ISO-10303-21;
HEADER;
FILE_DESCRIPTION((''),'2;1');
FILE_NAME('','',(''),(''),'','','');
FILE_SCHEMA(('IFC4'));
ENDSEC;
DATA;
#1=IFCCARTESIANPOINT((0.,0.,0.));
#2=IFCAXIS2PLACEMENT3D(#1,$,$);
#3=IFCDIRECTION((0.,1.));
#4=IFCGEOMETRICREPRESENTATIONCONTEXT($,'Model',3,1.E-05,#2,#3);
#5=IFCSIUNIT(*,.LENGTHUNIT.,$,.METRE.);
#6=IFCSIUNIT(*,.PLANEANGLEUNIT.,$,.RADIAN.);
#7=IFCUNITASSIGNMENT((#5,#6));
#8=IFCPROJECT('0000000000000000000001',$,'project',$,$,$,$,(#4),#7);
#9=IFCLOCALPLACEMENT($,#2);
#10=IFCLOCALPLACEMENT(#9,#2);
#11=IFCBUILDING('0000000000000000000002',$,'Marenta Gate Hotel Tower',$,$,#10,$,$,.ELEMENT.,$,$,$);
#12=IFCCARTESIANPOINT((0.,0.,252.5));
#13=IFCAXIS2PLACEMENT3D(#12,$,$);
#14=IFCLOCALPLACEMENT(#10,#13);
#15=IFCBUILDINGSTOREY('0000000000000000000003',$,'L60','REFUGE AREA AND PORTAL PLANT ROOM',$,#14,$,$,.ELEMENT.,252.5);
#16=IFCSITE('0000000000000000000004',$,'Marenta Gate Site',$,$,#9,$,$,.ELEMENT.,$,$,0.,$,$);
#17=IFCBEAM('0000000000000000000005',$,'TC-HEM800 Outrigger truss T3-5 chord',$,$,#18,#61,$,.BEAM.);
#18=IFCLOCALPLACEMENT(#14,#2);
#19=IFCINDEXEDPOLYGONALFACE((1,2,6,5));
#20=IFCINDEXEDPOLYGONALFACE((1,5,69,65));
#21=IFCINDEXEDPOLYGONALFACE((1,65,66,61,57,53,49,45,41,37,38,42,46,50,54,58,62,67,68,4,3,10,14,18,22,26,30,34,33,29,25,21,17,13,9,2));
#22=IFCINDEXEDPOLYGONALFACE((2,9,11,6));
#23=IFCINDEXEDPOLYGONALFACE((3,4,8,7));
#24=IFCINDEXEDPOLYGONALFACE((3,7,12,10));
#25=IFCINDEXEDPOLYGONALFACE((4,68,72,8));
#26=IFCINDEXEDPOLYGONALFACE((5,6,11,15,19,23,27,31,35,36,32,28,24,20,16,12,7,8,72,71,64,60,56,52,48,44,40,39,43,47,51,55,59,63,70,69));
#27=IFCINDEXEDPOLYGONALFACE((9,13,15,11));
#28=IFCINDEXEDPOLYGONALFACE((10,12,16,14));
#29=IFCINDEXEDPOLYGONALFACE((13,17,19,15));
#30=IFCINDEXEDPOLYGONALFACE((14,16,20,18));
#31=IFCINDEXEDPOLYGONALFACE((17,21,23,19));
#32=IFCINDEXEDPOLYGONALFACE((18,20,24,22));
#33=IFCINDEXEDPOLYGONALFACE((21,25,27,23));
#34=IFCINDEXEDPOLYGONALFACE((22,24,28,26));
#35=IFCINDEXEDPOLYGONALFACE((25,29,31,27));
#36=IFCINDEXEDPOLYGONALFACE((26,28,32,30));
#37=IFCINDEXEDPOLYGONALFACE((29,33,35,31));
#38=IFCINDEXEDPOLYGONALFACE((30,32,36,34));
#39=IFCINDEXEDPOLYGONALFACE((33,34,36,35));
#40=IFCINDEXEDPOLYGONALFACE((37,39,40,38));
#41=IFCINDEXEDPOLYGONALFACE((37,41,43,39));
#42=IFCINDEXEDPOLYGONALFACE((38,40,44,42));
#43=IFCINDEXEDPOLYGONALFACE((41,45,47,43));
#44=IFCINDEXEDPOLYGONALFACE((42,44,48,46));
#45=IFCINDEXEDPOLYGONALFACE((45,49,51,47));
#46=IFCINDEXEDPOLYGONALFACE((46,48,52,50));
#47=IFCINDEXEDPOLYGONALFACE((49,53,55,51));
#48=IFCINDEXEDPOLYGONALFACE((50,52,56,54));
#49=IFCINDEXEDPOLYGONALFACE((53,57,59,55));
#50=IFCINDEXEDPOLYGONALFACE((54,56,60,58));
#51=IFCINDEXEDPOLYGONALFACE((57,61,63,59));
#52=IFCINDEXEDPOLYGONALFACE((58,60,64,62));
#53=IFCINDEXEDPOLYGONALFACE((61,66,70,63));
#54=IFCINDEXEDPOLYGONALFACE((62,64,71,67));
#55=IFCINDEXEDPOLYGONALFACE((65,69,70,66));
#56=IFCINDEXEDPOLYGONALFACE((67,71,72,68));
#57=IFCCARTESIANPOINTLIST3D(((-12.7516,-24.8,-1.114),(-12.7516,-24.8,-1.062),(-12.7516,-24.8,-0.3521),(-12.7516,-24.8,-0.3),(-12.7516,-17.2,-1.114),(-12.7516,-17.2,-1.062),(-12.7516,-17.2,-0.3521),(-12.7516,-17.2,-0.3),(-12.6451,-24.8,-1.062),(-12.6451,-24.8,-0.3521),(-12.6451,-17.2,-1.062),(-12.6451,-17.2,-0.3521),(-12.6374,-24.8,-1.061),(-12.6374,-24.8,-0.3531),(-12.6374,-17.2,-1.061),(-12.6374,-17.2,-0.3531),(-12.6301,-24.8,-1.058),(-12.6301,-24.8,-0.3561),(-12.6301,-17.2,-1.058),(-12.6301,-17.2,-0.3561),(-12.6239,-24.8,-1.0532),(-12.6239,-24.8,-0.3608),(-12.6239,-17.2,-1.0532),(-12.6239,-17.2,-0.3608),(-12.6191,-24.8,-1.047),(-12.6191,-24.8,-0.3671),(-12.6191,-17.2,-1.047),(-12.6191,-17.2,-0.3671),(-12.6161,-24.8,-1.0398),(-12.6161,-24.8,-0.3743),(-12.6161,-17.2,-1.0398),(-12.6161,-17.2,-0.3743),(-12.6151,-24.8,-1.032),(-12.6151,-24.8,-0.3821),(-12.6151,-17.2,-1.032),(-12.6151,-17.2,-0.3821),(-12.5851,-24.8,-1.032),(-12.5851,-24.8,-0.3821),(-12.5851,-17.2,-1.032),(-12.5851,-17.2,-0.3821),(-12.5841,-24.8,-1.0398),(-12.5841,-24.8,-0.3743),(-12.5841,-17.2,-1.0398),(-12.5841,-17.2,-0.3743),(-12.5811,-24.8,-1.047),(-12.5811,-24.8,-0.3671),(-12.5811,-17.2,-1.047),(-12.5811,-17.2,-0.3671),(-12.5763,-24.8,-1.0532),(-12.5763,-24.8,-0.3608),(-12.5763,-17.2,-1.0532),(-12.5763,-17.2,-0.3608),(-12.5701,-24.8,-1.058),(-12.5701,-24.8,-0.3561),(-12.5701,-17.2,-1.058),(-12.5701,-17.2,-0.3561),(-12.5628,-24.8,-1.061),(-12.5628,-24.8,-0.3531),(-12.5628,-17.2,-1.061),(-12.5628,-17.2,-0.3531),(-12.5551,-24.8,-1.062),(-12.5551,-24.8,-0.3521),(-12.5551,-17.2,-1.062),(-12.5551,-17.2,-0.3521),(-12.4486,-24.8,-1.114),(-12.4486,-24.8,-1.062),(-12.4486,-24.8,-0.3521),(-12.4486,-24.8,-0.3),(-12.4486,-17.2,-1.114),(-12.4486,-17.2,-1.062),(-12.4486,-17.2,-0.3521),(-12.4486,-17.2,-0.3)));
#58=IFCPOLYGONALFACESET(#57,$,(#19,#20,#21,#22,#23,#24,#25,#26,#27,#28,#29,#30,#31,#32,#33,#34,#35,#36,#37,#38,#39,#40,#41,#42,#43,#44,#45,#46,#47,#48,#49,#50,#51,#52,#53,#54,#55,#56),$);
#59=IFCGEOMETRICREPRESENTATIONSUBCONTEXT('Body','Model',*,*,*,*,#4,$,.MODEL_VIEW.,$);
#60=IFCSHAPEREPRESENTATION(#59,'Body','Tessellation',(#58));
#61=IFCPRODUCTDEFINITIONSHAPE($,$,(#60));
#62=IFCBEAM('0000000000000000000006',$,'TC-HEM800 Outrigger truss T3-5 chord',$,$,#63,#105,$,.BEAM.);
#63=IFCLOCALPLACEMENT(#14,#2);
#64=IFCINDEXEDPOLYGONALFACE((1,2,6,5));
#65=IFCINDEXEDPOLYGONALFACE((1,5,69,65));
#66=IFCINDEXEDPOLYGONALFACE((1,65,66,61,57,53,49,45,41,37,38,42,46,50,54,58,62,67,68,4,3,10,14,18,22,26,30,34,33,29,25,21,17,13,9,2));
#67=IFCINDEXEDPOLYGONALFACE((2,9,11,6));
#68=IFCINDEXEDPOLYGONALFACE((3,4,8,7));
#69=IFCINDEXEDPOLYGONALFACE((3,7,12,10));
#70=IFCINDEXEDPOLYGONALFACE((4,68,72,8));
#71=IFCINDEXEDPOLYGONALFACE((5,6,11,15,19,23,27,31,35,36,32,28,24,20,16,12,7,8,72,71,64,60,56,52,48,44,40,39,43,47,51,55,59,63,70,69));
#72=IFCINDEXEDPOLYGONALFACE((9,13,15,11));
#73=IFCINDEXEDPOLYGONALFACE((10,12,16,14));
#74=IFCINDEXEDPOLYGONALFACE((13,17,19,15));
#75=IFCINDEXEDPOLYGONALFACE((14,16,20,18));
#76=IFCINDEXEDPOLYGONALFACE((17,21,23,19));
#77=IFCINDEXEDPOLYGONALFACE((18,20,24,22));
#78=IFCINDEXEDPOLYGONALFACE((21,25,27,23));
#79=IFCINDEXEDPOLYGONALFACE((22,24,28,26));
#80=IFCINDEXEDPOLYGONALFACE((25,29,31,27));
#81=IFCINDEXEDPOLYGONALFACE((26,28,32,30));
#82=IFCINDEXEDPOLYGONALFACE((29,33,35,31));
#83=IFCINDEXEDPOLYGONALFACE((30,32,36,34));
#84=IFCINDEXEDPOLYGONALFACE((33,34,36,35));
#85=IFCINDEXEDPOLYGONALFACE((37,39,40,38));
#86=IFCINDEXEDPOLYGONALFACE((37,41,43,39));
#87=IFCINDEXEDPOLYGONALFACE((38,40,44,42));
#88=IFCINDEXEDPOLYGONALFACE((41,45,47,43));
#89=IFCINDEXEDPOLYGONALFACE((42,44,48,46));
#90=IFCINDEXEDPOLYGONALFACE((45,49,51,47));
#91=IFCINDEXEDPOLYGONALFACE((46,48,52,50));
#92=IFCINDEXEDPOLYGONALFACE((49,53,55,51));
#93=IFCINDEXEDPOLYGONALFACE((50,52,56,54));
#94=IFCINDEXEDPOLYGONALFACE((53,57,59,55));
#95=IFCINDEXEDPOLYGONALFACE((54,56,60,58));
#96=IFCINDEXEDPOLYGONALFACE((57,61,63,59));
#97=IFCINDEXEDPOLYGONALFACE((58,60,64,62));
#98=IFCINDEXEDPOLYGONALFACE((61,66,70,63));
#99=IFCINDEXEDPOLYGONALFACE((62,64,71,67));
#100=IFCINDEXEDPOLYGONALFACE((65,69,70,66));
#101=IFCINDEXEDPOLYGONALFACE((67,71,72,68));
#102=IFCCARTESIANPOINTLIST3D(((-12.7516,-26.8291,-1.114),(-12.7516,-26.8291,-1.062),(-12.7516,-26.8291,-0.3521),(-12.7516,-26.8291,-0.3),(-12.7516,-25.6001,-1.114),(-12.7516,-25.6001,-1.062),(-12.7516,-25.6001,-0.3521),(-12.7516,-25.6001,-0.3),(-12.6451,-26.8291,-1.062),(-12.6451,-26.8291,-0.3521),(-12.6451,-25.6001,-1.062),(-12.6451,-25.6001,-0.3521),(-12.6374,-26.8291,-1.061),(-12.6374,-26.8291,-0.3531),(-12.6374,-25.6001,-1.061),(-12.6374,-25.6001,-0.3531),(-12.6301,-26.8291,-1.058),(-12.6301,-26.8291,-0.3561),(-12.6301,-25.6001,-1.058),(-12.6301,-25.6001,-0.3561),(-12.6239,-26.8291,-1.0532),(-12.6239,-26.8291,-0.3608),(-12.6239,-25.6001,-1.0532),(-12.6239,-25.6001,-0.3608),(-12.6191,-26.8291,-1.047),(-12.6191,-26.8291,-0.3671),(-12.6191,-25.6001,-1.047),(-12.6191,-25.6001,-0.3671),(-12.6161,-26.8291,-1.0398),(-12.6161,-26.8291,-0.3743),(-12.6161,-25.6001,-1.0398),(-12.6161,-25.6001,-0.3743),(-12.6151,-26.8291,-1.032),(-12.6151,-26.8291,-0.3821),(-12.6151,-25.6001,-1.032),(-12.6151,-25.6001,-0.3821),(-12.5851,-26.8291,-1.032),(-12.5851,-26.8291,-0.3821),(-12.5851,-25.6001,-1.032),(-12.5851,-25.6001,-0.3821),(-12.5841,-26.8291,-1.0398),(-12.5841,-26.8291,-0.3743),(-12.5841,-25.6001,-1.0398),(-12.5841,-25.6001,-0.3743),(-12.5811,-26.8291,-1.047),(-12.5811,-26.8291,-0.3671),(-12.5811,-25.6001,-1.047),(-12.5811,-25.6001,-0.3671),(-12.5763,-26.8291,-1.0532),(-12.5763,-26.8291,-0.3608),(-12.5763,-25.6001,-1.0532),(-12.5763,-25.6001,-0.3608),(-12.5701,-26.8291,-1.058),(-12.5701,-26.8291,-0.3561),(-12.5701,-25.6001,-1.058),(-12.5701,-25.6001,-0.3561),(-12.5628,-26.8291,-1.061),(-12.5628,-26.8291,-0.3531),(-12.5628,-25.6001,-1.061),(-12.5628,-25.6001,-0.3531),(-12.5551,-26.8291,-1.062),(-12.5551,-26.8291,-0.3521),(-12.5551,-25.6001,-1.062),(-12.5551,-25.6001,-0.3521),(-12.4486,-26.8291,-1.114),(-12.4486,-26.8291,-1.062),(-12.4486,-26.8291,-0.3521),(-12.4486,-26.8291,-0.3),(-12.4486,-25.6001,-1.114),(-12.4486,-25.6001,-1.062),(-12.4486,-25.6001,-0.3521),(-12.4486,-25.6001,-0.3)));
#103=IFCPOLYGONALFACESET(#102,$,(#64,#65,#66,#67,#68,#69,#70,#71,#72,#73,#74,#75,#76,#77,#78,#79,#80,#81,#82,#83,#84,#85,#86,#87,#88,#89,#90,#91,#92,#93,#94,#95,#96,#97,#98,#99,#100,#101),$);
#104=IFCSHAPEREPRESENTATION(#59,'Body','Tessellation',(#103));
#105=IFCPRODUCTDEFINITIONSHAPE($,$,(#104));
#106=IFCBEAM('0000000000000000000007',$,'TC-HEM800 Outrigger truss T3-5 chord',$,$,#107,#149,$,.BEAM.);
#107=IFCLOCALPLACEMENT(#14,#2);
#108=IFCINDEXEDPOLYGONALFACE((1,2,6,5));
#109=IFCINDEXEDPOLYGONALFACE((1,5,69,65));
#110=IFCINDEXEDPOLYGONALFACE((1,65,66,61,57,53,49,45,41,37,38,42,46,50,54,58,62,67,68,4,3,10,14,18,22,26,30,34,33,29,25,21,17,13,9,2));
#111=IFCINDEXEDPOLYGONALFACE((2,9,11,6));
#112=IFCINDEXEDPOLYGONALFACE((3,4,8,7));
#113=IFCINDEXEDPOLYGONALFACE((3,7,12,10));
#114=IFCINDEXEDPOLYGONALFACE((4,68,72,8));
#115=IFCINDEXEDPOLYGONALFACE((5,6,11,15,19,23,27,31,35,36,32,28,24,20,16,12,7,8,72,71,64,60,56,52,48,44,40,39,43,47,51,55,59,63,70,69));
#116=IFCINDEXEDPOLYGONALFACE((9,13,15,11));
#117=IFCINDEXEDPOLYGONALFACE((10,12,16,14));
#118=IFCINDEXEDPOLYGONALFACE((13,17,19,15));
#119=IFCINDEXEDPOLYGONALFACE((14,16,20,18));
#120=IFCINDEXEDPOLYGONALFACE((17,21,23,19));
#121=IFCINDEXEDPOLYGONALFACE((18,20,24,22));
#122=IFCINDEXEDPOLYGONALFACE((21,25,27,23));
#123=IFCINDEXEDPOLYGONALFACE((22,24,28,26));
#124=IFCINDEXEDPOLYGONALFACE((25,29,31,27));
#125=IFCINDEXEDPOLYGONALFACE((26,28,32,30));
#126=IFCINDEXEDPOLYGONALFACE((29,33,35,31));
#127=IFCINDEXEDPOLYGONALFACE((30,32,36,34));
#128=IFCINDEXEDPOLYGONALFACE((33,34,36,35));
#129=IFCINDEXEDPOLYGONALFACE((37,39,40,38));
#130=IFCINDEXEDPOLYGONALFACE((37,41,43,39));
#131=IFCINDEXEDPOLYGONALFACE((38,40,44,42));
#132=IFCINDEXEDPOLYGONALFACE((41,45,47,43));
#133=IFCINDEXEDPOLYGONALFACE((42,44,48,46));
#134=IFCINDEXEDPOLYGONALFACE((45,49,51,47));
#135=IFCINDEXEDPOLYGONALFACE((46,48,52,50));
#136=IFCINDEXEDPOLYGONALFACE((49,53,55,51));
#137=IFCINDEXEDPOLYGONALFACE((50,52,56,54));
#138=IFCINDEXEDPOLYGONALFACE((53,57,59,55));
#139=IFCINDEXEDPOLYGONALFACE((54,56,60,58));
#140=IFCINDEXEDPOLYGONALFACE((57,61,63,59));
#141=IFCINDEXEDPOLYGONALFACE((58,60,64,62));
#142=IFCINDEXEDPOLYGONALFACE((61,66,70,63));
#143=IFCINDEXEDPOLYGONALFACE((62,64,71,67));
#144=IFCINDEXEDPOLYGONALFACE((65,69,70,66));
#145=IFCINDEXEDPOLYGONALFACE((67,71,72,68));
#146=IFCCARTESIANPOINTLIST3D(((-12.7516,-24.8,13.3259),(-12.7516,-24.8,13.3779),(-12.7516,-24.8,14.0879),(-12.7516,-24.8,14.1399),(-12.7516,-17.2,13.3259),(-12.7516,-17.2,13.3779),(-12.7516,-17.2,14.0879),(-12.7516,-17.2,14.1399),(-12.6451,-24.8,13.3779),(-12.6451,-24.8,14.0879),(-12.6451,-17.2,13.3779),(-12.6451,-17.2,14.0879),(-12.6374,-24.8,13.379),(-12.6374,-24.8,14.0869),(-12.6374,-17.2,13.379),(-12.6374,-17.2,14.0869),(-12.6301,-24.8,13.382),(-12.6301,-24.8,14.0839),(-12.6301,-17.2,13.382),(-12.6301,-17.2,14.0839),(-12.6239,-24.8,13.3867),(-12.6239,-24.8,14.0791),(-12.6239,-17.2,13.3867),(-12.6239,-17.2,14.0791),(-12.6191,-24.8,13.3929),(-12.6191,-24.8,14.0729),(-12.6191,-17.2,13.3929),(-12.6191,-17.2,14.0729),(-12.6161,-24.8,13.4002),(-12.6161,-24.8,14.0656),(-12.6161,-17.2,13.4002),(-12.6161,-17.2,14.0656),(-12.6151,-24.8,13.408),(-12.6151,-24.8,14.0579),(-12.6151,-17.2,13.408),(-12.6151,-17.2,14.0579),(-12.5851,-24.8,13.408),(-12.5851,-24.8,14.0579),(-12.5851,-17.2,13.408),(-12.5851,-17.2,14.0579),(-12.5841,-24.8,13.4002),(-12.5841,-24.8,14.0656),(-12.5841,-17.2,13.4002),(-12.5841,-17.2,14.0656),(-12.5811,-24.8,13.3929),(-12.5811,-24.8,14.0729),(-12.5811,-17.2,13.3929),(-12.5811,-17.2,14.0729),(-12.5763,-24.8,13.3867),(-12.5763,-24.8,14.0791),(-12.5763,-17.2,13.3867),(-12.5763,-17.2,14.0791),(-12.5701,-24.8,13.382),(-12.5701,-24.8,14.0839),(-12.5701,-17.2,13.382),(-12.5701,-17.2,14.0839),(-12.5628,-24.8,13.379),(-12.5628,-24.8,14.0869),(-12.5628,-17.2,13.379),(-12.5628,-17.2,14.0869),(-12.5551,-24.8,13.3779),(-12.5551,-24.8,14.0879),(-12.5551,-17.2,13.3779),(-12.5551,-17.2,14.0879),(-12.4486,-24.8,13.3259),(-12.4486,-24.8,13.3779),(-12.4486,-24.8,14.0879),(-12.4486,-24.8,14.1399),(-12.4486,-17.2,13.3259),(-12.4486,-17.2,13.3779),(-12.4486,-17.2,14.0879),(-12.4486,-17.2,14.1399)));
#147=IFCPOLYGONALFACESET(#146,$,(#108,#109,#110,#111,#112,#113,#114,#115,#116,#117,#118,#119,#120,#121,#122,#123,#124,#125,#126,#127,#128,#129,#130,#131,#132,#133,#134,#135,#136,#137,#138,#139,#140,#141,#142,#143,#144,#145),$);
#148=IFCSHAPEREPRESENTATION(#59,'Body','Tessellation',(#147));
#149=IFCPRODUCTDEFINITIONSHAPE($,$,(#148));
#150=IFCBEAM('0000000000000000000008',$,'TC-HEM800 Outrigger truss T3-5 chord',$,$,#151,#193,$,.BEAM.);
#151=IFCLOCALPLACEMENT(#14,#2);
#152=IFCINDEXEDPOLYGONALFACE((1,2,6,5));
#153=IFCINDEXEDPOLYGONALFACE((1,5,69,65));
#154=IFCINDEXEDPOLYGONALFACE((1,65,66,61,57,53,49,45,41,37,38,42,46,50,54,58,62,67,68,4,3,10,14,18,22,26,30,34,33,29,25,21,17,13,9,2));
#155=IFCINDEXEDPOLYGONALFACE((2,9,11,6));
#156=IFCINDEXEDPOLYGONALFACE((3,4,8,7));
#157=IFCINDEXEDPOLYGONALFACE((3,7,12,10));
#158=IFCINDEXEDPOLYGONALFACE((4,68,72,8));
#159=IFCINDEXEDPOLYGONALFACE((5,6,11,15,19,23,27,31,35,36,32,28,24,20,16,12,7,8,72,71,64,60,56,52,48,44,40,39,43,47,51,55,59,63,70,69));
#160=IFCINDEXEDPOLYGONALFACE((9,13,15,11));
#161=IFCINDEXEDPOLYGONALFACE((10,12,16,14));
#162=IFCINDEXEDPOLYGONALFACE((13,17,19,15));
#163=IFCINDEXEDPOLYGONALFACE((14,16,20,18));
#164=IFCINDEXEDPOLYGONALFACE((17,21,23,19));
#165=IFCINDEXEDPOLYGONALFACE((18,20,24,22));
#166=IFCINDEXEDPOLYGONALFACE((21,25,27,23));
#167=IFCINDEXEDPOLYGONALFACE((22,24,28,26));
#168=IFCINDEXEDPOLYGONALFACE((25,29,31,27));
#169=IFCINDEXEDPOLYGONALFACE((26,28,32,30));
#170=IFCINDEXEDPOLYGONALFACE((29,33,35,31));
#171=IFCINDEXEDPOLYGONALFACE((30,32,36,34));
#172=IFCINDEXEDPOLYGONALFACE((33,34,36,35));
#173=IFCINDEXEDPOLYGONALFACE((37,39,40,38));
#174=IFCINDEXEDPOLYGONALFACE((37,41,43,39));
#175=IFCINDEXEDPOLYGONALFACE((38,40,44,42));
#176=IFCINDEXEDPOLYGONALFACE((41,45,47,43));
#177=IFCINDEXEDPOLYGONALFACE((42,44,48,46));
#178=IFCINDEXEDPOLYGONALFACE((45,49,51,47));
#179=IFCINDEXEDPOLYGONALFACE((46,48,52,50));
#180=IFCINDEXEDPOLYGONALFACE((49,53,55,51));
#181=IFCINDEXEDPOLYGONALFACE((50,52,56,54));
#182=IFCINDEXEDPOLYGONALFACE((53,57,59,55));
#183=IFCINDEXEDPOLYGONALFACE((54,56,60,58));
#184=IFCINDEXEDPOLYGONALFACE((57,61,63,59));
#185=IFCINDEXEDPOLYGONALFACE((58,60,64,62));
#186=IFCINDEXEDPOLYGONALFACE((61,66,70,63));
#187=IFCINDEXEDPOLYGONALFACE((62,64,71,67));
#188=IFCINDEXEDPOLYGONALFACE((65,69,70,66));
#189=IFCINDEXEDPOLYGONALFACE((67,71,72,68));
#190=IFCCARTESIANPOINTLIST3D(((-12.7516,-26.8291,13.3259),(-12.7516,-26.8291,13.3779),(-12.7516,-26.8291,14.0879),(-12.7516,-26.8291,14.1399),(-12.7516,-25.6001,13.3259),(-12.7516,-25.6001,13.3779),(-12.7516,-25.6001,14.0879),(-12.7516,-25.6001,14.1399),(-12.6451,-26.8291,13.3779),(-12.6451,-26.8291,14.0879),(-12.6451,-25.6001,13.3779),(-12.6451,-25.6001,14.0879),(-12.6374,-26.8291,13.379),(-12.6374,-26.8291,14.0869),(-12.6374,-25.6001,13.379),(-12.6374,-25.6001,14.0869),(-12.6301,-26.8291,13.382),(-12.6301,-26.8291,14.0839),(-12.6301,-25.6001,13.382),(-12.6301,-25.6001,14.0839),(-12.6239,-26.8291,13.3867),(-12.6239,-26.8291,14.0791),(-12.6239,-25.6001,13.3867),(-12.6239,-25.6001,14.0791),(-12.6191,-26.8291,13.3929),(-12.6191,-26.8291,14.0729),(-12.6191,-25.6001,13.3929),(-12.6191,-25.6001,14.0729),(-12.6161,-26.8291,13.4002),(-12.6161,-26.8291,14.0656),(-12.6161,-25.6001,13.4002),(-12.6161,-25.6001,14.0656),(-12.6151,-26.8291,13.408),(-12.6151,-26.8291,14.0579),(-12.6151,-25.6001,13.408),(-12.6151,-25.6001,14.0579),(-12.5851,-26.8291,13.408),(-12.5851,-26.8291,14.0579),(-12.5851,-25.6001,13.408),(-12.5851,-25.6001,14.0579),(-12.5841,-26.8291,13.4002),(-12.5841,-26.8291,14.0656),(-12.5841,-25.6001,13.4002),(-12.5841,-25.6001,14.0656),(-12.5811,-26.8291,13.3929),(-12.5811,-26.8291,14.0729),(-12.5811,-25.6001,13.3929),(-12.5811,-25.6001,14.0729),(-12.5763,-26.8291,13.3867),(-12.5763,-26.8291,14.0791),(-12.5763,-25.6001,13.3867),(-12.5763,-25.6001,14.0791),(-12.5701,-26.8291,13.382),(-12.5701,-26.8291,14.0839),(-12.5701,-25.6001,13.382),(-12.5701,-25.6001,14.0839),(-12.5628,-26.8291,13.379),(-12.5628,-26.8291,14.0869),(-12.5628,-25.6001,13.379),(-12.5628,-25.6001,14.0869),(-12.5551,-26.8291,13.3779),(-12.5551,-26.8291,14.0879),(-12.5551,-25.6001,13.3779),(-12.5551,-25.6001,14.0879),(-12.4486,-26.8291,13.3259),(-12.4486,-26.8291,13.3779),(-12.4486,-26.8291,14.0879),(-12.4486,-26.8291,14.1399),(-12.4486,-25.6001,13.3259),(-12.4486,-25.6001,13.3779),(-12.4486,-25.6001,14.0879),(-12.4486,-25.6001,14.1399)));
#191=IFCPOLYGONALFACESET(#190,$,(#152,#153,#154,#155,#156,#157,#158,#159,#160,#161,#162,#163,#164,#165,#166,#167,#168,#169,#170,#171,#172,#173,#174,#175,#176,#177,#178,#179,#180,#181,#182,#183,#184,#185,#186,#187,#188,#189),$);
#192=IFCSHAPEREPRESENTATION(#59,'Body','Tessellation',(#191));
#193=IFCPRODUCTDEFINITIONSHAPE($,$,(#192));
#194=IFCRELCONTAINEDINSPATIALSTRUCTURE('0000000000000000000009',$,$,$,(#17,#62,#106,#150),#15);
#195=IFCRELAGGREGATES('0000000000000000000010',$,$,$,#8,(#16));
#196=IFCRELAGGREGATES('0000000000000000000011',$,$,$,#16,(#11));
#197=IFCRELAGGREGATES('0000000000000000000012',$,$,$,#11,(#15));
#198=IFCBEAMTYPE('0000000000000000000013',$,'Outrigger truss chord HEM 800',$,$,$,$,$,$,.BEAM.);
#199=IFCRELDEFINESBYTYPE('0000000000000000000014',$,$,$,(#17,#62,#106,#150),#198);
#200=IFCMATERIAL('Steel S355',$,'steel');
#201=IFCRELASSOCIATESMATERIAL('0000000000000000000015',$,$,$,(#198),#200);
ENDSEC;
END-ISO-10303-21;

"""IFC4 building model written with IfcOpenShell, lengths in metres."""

from ifc_helpers import new_model, si_unit, direction, frame, origin, origin_2d, place, context, subcontext, project, spatial, i_section, extrude, material, material_profile, profile_set, type_object, element, save


model = new_model("IFC4")

# Units and contexts
model_context = context("Model", 3, precision=1e-05, world=origin(), true_north=direction((0.0, 1.0)))
body_context = subcontext(model_context, "Body", "Model", "MODEL_VIEW")
ifc_project = project(units=[si_unit("LENGTHUNIT", "METRE"), si_unit("PLANEANGLEUNIT", "RADIAN")], contexts=[model_context])

# Site, building, storey
site_placement = place(None, origin())
site = spatial("IfcSite", under=ifc_project, at=site_placement, Name="Marenta Gate Site", CompositionType="ELEMENT", RefElevation=0.0)
building_placement = place(site_placement, origin())
building = spatial("IfcBuilding", under=site, at=building_placement, Name="Marenta Gate Hotel Tower", CompositionType="ELEMENT")
storey_placement = place(building_placement, frame((0.0, 0.0, 252.5)))
storey = spatial("IfcBuildingStorey", under=building, at=storey_placement, Name="L60", Description="REFUGE AREA AND PORTAL PLANT ROOM", CompositionType="ELEMENT", Elevation=252.5)

# Beams
ifc_material_1 = material(Name="Steel S355", Category="steel")
ifc_material_profile_1 = material_profile(ifc_material_1, i_section(OverallWidth=0.303, OverallDepth=0.814, WebThickness=0.03, FlangeThickness=0.052, FilletRadius=0.03, at=origin_2d()), Name="HEM 800")
ifc_profile_set_1 = profile_set([ifc_material_profile_1], Name="Steel S355")
beam_type_1 = type_object("IfcBeamType", Name="Outrigger truss chord HEM 800", PredefinedType="BEAM", material=ifc_profile_set_1)
beam_1_placement = place(storey_placement, frame((-12.6001, -17.2, -0.707), z_axis=(0.0, -1.0, 0.0), x_axis=(1.0, 0.0, 0.0)))
element("IfcBeam", 1, at=beam_1_placement, inside=storey, type_object=beam_type_1, Name="TC-HEM800 Outrigger truss T3-5 chord", PredefinedType="BEAM", context=body_context, shape_type="SweptSolid", body=[
    extrude(i_section(OverallWidth=0.303, OverallDepth=0.814, WebThickness=0.03, FlangeThickness=0.052, FilletRadius=0.03, at=origin_2d()), origin(), (0.0, 0.0, 1.0), 7.6001),
])
beam_2_placement = place(storey_placement, frame((-12.6001, -25.6001, -0.707), z_axis=(0.0, -1.0, 0.0), x_axis=(1.0, 0.0, 0.0)))
element("IfcBeam", 2, at=beam_2_placement, inside=storey, type_object=beam_type_1, Name="TC-HEM800 Outrigger truss T3-5 chord", PredefinedType="BEAM", context=body_context, shape_type="SweptSolid", body=[
    extrude(i_section(OverallWidth=0.303, OverallDepth=0.814, WebThickness=0.03, FlangeThickness=0.052, FilletRadius=0.03, at=origin_2d()), origin(), (0.0, 0.0, 1.0), 1.229),
])
beam_3_placement = place(storey_placement, frame((-12.6001, -17.2, 13.7329), z_axis=(0.0, -1.0, 0.0), x_axis=(1.0, 0.0, 0.0)))
element("IfcBeam", 3, at=beam_3_placement, inside=storey, type_object=beam_type_1, Name="TC-HEM800 Outrigger truss T3-5 chord", PredefinedType="BEAM", context=body_context, shape_type="SweptSolid", body=[
    extrude(i_section(OverallWidth=0.303, OverallDepth=0.814, WebThickness=0.03, FlangeThickness=0.052, FilletRadius=0.03, at=origin_2d()), origin(), (0.0, 0.0, 1.0), 7.6001),
])
beam_4_placement = place(storey_placement, frame((-12.6001, -25.6001, 13.7329), z_axis=(0.0, -1.0, 0.0), x_axis=(1.0, 0.0, 0.0)))
element("IfcBeam", 4, at=beam_4_placement, inside=storey, type_object=beam_type_1, Name="TC-HEM800 Outrigger truss T3-5 chord", PredefinedType="BEAM", context=body_context, shape_type="SweptSolid", body=[
    extrude(i_section(OverallWidth=0.303, OverallDepth=0.814, WebThickness=0.03, FlangeThickness=0.052, FilletRadius=0.03, at=origin_2d()), origin(), (0.0, 0.0, 1.0), 1.229),
])

save(model, "model.ifc")
